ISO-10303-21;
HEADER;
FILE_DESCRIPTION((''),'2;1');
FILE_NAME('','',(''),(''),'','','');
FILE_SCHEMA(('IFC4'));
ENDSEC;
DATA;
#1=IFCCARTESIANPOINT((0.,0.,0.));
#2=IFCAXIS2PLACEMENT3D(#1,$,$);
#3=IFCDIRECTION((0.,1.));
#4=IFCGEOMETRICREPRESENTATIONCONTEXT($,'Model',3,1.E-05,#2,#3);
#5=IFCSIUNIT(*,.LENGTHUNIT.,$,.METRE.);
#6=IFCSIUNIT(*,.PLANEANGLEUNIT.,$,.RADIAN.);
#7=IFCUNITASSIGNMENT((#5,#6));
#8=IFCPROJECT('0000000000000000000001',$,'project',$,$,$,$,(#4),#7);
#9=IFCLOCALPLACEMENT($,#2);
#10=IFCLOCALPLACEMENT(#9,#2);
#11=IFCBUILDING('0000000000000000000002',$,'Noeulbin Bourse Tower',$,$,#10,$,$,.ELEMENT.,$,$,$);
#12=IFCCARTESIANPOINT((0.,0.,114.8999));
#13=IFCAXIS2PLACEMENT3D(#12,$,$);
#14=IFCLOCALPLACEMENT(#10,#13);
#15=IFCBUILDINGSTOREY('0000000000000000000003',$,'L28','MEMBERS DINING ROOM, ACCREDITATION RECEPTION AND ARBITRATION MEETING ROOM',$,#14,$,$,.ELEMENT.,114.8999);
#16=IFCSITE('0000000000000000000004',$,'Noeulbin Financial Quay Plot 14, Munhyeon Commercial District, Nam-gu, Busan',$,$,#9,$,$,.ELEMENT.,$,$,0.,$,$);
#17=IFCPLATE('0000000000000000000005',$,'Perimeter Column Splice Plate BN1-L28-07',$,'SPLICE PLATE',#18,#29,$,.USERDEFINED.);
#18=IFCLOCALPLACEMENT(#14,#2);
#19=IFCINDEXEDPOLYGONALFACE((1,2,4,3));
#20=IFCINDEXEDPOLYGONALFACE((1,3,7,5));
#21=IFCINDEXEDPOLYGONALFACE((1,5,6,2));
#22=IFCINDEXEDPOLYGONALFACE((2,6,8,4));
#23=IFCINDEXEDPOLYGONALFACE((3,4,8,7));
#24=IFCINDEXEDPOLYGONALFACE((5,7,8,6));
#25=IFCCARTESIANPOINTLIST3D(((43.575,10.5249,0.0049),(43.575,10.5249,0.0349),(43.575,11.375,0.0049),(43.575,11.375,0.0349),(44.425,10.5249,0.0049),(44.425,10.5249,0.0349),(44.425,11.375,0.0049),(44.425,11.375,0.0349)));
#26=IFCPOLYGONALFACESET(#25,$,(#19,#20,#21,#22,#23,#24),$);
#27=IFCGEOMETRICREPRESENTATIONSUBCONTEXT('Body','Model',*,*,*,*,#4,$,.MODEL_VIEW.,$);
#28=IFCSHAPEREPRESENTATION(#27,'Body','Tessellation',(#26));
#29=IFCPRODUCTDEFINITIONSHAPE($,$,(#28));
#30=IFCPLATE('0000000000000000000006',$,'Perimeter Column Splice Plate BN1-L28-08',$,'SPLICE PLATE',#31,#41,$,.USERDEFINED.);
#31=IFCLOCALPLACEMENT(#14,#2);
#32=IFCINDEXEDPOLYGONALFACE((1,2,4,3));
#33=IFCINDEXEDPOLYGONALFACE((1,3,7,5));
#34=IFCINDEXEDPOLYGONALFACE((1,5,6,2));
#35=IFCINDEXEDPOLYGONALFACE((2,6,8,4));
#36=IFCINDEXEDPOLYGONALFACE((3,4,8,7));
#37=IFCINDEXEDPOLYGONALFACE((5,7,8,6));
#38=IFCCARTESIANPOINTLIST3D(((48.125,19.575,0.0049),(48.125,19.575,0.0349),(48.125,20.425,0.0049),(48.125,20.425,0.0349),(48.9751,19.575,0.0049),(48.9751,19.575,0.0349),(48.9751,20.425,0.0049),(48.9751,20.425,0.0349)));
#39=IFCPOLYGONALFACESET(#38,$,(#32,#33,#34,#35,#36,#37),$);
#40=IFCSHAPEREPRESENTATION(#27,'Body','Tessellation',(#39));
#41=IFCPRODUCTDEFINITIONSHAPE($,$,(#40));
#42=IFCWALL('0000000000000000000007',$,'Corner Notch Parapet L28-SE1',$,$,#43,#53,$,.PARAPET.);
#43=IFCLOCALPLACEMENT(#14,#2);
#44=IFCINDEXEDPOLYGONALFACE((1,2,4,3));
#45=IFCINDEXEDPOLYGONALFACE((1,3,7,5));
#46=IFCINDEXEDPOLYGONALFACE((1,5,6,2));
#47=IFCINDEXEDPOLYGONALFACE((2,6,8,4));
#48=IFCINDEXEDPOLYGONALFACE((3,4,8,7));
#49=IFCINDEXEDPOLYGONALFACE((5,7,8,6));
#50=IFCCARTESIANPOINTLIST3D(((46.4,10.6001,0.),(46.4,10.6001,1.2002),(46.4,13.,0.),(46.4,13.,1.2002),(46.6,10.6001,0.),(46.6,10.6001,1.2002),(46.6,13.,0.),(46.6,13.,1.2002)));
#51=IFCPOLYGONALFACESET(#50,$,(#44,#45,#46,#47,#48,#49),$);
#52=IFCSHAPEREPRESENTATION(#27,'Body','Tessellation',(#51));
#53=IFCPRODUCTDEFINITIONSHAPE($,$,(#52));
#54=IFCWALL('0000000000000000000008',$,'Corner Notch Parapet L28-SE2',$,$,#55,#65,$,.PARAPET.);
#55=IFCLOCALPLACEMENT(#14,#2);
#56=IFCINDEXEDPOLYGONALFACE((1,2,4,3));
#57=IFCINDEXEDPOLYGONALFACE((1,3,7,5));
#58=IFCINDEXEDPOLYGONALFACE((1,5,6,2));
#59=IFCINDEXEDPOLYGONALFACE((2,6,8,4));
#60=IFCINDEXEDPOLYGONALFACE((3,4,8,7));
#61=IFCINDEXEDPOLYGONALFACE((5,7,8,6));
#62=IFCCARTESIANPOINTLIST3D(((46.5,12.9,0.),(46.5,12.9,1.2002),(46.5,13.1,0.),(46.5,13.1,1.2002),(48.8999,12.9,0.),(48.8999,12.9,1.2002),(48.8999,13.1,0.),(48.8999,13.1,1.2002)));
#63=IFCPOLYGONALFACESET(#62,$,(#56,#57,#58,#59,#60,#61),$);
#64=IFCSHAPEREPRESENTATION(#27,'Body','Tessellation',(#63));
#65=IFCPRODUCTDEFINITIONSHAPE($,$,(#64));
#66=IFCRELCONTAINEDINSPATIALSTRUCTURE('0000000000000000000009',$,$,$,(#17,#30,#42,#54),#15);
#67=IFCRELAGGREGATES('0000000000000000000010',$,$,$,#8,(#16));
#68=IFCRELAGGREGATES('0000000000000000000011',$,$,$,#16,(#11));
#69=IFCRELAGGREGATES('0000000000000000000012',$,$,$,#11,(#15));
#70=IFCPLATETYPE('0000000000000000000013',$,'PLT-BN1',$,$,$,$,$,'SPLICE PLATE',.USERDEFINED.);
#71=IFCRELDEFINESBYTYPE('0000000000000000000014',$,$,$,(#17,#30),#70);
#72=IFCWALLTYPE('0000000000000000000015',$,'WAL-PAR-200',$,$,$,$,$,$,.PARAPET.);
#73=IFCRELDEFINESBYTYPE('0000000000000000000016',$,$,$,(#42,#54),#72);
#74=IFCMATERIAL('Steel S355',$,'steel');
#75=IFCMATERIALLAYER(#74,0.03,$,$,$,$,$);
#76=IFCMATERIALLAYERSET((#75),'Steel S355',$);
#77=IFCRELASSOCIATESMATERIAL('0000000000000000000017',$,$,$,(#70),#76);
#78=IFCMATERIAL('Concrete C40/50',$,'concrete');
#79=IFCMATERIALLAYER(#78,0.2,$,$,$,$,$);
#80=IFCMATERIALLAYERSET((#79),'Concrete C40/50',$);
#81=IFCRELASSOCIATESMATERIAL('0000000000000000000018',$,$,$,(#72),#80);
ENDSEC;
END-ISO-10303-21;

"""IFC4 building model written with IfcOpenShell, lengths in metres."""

from ifc_helpers import new_model, si_unit, direction, frame, frame_2d, origin, origin_2d, place, context, subcontext, project, spatial, rectangle, extrude, material, layer, layer_set, type_object, element, save


model = new_model("IFC4")

# Units and contexts
model_context = context("Model", 3, precision=1e-05, world=origin(), true_north=direction((0.0, 1.0)))
body_context = subcontext(model_context, "Body", "Model", "MODEL_VIEW")
ifc_project = project(units=[si_unit("LENGTHUNIT", "METRE"), si_unit("PLANEANGLEUNIT", "RADIAN")], contexts=[model_context])

# Site, building, storey
site_placement = place(None, origin())
site = spatial("IfcSite", under=ifc_project, at=site_placement, Name="Noeulbin Financial Quay Plot 14, Munhyeon Commercial District, Nam-gu, Busan", CompositionType="ELEMENT", RefElevation=0.0)
building_placement = place(site_placement, origin())
building = spatial("IfcBuilding", under=site, at=building_placement, Name="Noeulbin Bourse Tower", CompositionType="ELEMENT")
storey_placement = place(building_placement, frame((0.0, 0.0, 114.8999)))
storey = spatial("IfcBuildingStorey", under=building, at=storey_placement, Name="L28", Description="MEMBERS DINING ROOM, ACCREDITATION RECEPTION AND ARBITRATION MEETING ROOM", CompositionType="ELEMENT", Elevation=114.8999)

# Shared definitions
ifc_material_1 = material(Name="Steel S355", Category="steel")

# Plates
ifc_layer_1 = layer(ifc_material_1, 0.03)
ifc_layer_set_1 = layer_set([ifc_layer_1], Name="Steel S355")
plate_type_1 = type_object("IfcPlateType", Name="PLT-BN1", ElementType="SPLICE PLATE", PredefinedType="USERDEFINED", material=ifc_layer_set_1)
for number, where, z_axis, x_axis, name in (
    (1, (44.0, 10.95, 0.0049), (0.0, 0.0, 1.0), (1.0, 0.0, 0.0), "Perimeter Column Splice Plate BN1-L28-07"),
    (2, (48.55, 20.0, 0.0049), (0.0, 0.0, 1.0), (1.0, 0.0, 0.0), "Perimeter Column Splice Plate BN1-L28-08"),
):
    element("IfcPlate", number, at=place(storey_placement, frame(where, z_axis=z_axis, x_axis=x_axis)), inside=storey, type_object=plate_type_1, Name=name, ObjectType="SPLICE PLATE", PredefinedType="USERDEFINED", context=body_context, shape_type="SweptSolid", body=[
        extrude(rectangle(XDim=0.8501, YDim=0.8501, at=origin_2d()), origin(), (0.0, 0.0, 1.0), 0.03),
    ])

# Walls
ifc_material_2 = material(Name="Concrete C40/50", Category="concrete")
ifc_layer_2 = layer(ifc_material_2, 0.2)
ifc_layer_set_2 = layer_set([ifc_layer_2], Name="Concrete C40/50")
wall_type = type_object("IfcWallType", Name="WAL-PAR-200", PredefinedType="PARAPET", material=ifc_layer_set_2)
for number, where, z_axis, x_axis, name in (
    (3, (46.5, 10.6001, 0.0), (0.0, 0.0, 1.0), (0.0, 1.0, 0.0), "Corner Notch Parapet L28-SE1"),
    (4, (46.5, 13.0, 0.0), (0.0, 0.0, 1.0), (1.0, 0.0, 0.0), "Corner Notch Parapet L28-SE2"),
):
    element("IfcWall", number, at=place(storey_placement, frame(where, z_axis=z_axis, x_axis=x_axis)), inside=storey, type_object=wall_type, Name=name, PredefinedType="PARAPET", context=body_context, shape_type="SweptSolid", body=[
        extrude(rectangle(XDim=2.3999, YDim=0.2, at=frame_2d((1.2, 0.0))), origin(), (0.0, 0.0, 1.0), 1.2002),
    ])

save(model, "model.ifc")
